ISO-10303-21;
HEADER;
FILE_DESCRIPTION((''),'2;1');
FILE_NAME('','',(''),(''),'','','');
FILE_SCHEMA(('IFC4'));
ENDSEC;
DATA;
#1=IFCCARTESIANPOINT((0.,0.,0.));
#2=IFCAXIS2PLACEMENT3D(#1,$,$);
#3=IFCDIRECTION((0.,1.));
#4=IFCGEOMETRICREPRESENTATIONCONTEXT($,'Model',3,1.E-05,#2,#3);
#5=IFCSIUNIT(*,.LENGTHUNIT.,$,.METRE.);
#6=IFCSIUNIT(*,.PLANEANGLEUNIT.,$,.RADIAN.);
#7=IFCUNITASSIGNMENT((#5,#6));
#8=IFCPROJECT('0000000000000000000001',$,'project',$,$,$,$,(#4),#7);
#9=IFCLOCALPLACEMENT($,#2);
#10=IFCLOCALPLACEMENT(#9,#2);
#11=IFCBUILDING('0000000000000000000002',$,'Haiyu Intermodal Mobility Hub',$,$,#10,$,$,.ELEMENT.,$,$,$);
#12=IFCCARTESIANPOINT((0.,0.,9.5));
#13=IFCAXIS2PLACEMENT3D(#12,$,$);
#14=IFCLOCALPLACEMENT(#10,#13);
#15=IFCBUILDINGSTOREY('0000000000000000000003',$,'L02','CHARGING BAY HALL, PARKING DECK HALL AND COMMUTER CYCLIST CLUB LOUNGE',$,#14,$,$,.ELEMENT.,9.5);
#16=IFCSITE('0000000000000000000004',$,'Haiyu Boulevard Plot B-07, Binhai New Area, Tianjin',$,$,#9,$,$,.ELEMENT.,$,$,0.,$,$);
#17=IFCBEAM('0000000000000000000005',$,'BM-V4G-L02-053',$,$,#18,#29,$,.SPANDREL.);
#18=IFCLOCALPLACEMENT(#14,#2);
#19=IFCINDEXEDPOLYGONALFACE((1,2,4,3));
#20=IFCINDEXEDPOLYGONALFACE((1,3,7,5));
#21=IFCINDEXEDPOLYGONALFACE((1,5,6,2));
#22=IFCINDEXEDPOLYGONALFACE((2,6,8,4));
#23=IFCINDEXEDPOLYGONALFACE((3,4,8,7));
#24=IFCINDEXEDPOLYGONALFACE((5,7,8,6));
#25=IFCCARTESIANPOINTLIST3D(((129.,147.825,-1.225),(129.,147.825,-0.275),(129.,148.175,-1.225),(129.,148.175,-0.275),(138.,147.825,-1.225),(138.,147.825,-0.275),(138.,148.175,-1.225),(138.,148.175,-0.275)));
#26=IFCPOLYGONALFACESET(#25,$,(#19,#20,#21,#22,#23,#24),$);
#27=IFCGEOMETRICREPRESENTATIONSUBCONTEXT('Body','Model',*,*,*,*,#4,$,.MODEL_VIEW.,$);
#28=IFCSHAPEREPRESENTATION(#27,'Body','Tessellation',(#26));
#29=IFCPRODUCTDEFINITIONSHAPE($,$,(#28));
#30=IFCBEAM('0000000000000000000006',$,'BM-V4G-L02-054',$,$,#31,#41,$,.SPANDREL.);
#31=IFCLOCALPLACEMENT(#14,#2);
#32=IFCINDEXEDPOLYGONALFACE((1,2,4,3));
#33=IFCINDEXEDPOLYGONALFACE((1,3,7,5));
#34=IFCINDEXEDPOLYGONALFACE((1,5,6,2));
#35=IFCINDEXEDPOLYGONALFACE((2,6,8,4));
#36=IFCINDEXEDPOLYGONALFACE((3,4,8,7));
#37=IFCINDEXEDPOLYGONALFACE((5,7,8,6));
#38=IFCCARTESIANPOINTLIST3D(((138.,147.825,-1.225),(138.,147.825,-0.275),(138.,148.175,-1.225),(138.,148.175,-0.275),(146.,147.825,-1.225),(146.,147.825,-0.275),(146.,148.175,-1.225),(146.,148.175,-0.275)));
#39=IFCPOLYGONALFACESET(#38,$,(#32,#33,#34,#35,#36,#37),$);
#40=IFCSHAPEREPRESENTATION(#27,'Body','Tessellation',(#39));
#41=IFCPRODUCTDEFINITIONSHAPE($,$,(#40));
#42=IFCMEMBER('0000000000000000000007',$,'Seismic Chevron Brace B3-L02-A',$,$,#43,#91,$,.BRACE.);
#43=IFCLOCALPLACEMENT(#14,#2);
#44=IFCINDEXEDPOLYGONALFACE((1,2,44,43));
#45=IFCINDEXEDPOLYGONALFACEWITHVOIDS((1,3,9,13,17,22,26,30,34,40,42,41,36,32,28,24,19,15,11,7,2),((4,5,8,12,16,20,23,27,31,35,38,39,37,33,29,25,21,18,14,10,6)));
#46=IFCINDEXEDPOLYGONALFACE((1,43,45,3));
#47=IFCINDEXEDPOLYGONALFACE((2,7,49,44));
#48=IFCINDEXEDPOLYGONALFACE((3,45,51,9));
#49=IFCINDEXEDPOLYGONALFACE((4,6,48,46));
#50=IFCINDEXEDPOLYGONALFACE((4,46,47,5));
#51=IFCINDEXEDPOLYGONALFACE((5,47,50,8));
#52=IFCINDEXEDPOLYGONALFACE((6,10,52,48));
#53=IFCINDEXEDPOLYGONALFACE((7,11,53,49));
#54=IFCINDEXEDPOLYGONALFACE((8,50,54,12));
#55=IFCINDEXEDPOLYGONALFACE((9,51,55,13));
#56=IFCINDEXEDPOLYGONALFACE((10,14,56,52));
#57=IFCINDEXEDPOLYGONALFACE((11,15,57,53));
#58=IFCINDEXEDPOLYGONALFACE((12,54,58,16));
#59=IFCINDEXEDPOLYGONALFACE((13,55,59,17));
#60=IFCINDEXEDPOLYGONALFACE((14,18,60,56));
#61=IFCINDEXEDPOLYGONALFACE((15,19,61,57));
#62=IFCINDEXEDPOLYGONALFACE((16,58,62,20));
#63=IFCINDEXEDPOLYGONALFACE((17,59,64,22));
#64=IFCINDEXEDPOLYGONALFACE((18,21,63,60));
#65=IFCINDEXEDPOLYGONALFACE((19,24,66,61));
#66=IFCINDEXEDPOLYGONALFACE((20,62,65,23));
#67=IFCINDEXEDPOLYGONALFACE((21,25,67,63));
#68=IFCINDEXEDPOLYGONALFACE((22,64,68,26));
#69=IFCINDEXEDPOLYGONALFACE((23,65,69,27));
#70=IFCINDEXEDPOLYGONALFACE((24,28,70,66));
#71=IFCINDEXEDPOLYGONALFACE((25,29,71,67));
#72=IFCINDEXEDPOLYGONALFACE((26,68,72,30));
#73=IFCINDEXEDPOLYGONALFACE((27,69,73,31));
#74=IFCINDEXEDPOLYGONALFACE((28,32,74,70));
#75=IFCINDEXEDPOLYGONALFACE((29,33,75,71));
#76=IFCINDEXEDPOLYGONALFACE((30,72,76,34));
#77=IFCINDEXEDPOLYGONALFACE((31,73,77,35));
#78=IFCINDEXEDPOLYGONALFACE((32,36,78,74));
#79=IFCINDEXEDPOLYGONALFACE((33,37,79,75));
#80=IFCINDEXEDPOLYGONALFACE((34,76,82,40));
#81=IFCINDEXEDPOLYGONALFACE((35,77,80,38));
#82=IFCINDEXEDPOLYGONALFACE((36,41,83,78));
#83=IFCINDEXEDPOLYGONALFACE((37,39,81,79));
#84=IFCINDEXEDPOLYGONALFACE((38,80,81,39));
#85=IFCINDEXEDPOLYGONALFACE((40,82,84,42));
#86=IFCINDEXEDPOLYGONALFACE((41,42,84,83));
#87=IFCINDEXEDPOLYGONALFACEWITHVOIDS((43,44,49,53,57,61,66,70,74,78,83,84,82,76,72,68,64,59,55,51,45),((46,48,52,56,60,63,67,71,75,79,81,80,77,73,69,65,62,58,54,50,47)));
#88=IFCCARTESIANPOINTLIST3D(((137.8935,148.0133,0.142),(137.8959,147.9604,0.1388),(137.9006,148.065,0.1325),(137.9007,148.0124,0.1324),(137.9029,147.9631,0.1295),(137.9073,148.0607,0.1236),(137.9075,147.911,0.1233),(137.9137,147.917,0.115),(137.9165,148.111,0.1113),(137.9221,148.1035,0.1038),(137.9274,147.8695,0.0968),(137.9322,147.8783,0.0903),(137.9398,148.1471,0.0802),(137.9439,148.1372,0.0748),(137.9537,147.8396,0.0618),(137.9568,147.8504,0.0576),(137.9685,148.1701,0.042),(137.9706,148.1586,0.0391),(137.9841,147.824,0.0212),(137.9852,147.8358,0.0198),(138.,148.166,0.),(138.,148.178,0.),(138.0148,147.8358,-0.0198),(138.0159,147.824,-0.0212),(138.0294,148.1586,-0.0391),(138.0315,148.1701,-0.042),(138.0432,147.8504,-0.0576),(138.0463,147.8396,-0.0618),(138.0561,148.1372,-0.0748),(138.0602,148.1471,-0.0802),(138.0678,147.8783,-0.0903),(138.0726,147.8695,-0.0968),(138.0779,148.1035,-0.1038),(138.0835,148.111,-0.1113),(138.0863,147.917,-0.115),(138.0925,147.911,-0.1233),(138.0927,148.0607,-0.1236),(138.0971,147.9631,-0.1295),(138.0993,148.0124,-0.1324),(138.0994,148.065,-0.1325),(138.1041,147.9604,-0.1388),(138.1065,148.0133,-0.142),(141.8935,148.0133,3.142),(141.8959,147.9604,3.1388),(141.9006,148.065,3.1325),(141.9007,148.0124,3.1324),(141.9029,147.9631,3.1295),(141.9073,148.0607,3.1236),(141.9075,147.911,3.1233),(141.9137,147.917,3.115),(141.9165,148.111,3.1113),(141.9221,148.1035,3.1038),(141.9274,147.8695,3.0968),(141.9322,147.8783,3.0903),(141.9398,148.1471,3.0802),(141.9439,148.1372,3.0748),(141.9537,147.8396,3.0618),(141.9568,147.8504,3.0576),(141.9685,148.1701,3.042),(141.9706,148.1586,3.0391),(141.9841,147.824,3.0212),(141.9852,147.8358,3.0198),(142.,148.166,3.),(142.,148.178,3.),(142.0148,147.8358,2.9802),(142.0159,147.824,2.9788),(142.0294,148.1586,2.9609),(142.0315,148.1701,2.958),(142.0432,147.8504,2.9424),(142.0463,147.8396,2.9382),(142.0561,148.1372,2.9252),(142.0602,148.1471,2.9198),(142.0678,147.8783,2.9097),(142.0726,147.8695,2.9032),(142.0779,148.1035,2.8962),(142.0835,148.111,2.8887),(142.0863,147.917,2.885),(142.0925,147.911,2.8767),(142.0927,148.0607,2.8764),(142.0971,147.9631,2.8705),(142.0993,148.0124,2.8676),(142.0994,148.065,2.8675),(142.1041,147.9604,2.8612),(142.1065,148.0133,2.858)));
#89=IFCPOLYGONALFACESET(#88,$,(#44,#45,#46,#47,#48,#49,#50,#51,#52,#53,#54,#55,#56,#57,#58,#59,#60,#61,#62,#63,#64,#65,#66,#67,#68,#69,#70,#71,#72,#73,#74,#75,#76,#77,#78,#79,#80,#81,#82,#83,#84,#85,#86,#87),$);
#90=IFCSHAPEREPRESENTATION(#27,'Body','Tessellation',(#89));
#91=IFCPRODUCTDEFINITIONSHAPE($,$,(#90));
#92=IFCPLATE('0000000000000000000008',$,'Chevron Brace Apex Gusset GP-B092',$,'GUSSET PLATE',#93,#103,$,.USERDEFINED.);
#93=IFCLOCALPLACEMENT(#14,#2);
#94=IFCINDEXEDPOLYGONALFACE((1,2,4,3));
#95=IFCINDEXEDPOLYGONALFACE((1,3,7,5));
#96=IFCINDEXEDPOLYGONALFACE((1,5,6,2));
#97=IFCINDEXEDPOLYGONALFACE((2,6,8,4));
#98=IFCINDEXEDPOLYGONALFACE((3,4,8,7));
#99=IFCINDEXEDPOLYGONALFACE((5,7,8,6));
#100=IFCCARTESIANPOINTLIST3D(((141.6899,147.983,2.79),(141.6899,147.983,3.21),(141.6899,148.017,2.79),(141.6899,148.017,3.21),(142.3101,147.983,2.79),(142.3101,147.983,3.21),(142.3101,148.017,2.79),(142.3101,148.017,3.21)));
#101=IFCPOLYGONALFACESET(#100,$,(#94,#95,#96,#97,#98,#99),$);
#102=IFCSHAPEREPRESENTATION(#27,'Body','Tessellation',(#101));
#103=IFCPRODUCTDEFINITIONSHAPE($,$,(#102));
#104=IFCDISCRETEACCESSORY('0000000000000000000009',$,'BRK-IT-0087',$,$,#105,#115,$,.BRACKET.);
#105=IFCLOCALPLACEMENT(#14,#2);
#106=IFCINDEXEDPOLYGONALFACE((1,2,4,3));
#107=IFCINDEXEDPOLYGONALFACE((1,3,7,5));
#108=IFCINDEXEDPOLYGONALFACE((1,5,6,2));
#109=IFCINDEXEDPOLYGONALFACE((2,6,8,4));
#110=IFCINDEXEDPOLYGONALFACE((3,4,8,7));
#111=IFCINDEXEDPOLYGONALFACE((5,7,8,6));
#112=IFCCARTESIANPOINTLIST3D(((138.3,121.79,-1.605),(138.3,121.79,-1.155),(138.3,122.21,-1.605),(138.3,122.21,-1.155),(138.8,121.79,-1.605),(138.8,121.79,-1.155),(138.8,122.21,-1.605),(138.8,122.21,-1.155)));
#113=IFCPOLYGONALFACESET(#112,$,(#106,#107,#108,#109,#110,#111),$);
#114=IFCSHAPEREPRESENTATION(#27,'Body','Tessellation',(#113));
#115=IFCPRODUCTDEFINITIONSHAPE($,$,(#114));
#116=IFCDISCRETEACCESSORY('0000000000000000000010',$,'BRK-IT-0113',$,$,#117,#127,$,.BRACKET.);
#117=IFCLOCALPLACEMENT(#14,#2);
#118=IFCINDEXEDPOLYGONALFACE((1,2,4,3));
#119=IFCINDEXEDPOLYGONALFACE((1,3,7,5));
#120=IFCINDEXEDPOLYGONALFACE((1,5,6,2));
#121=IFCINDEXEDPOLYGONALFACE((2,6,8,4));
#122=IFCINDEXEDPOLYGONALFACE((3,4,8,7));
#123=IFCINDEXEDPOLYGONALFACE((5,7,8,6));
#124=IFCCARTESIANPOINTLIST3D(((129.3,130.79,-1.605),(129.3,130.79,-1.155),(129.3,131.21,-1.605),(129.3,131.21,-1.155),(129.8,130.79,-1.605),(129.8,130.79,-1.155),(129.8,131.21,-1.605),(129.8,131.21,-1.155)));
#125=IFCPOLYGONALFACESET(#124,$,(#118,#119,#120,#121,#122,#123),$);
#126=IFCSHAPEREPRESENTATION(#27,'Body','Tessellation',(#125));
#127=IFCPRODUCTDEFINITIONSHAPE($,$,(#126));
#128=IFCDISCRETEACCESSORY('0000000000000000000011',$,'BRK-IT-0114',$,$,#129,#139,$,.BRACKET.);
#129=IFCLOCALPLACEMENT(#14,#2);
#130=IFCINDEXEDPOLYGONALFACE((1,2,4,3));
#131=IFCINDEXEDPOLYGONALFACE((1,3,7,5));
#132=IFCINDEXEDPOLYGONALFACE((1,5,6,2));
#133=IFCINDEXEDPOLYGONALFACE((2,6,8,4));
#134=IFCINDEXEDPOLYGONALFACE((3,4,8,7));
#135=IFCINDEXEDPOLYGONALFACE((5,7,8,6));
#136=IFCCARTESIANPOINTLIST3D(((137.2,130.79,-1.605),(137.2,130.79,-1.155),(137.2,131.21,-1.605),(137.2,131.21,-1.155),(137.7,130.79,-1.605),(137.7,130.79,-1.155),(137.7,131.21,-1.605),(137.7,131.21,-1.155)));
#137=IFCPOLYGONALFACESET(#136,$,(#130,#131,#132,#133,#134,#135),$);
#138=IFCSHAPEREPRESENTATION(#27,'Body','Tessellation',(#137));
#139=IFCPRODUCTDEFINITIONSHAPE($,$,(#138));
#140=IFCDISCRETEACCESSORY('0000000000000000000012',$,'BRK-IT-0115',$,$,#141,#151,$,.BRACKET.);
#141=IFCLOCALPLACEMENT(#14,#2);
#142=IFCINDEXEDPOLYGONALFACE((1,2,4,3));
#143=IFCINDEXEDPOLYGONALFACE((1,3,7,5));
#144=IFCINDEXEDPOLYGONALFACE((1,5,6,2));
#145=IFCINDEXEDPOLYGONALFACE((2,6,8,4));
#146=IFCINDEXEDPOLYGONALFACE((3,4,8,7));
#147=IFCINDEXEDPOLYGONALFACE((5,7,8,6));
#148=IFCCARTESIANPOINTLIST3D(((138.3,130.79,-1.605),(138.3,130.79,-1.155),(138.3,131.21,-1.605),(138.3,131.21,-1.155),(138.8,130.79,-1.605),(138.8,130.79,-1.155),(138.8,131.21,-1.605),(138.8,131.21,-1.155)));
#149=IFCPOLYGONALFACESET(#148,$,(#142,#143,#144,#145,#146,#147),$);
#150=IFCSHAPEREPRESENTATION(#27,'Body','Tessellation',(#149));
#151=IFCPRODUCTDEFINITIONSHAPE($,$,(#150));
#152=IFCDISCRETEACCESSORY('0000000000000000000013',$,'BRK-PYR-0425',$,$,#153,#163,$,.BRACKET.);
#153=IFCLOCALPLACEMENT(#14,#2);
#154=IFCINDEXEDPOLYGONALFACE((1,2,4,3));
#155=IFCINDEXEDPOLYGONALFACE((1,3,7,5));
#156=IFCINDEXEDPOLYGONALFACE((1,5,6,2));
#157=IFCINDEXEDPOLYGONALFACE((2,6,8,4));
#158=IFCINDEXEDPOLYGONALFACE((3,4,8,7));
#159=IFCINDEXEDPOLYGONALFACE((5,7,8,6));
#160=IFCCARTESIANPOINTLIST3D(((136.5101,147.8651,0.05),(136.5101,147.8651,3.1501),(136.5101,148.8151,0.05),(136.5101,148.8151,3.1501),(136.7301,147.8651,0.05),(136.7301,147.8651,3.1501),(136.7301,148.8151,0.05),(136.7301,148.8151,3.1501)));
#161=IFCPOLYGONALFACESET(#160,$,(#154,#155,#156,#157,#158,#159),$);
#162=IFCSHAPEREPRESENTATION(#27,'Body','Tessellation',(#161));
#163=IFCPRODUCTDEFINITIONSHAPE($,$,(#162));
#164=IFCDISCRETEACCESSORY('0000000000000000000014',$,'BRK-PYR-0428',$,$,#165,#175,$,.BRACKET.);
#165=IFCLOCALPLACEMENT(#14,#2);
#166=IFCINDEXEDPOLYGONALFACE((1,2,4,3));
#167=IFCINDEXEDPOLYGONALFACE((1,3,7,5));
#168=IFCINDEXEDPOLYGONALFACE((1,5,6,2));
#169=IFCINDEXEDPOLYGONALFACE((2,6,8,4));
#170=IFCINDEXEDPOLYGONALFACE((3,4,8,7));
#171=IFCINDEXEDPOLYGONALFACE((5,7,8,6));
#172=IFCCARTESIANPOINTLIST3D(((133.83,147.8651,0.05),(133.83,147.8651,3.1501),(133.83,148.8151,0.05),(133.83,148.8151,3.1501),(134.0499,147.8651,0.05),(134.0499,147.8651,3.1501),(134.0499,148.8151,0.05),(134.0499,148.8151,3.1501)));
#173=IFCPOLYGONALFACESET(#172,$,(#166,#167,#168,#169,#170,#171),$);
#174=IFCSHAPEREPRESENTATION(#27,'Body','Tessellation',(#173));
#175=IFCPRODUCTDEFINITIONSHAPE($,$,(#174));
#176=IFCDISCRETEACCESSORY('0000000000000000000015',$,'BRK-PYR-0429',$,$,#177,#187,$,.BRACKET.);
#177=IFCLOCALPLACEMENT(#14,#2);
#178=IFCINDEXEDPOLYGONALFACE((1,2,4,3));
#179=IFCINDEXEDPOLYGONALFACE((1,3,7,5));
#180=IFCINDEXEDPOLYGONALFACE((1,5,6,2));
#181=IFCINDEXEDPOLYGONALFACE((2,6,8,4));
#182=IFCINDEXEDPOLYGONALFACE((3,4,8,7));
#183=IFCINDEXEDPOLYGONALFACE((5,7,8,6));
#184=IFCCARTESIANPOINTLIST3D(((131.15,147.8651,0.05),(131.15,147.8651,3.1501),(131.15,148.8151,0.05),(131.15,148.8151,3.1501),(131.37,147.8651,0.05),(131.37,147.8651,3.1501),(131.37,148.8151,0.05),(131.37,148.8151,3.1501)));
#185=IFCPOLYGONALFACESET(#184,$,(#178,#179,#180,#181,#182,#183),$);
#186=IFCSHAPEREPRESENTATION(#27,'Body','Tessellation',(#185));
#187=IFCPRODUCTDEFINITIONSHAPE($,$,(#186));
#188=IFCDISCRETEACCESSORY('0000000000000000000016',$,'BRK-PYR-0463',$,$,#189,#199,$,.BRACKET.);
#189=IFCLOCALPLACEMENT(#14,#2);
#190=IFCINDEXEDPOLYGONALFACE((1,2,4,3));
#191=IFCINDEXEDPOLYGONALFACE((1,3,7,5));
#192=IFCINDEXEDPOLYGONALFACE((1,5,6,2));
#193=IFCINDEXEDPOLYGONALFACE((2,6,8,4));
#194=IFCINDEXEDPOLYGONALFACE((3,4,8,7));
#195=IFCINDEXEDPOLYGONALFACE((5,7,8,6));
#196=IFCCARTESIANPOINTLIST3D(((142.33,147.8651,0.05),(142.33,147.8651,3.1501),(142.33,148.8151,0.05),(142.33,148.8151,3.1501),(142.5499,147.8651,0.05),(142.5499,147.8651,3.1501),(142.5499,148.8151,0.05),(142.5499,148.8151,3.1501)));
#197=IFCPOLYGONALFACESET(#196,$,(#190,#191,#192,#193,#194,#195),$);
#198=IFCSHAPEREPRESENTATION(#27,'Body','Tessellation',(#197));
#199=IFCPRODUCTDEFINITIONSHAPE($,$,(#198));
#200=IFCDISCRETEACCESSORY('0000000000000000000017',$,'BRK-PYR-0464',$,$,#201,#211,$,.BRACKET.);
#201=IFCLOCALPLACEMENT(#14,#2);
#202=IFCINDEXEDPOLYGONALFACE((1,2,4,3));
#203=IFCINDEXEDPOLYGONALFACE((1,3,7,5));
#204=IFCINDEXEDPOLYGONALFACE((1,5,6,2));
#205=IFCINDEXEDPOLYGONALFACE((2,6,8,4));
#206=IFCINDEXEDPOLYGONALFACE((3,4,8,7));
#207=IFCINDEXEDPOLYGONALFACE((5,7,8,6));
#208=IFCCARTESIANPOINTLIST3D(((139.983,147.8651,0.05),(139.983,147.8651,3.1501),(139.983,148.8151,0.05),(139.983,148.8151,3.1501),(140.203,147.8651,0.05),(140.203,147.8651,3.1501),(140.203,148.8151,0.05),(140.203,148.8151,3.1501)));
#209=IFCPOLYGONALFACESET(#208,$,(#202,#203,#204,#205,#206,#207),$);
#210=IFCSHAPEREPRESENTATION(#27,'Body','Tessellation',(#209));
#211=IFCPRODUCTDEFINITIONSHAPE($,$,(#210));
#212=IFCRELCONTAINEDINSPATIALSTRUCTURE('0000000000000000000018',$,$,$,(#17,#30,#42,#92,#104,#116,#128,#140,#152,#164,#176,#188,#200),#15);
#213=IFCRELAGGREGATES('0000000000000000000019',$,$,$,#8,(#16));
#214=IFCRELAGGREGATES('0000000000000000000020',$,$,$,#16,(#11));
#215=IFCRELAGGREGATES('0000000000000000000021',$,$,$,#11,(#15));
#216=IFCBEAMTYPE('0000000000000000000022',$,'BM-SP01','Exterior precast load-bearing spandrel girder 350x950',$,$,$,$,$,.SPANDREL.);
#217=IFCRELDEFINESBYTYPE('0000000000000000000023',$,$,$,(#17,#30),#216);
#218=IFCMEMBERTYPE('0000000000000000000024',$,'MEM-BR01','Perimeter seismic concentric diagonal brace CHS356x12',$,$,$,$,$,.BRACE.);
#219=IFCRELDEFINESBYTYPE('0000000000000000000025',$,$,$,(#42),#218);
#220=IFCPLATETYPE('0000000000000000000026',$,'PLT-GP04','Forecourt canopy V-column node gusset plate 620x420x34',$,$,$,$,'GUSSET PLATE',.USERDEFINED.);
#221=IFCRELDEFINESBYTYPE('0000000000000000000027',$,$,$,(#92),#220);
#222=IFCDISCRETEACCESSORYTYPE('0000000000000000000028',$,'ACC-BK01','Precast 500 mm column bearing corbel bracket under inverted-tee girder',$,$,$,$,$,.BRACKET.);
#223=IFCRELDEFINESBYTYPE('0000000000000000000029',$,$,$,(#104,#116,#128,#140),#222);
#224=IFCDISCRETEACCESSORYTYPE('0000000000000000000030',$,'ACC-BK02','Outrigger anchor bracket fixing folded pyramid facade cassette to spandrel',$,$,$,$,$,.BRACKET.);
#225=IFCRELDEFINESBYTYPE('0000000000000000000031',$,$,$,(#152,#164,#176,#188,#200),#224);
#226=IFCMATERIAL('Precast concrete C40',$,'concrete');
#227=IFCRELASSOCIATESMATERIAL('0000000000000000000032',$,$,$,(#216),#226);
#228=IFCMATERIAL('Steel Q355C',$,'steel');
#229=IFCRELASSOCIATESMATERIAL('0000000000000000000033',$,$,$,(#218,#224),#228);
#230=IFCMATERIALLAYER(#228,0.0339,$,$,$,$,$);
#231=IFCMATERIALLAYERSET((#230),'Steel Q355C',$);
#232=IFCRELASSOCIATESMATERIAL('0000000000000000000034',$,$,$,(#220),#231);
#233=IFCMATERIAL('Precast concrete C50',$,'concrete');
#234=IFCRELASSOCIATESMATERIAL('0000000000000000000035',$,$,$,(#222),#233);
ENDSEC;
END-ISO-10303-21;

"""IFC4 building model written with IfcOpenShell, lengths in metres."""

from ifc_helpers import new_model, si_unit, direction, frame, origin, origin_2d, place, context, subcontext, project, spatial, rectangle, hollow_circle, extrude, material, layer, layer_set, material_profile, profile_set, type_object, element, save


model = new_model("IFC4")

# Units and contexts
model_context = context("Model", 3, precision=1e-05, world=origin(), true_north=direction((0.0, 1.0)))
body_context = subcontext(model_context, "Body", "Model", "MODEL_VIEW")
ifc_project = project(units=[si_unit("LENGTHUNIT", "METRE"), si_unit("PLANEANGLEUNIT", "RADIAN")], contexts=[model_context])

# Site, building, storey
site_placement = place(None, origin())
site = spatial("IfcSite", under=ifc_project, at=site_placement, Name="Haiyu Boulevard Plot B-07, Binhai New Area, Tianjin", CompositionType="ELEMENT", RefElevation=0.0)
building_placement = place(site_placement, origin())
building = spatial("IfcBuilding", under=site, at=building_placement, Name="Haiyu Intermodal Mobility Hub", CompositionType="ELEMENT")
storey_placement = place(building_placement, frame((0.0, 0.0, 9.5)))
storey = spatial("IfcBuildingStorey", under=building, at=storey_placement, Name="L02", Description="CHARGING BAY HALL, PARKING DECK HALL AND COMMUTER CYCLIST CLUB LOUNGE", CompositionType="ELEMENT", Elevation=9.5)

# Shared definitions
ifc_material_1 = material(Name="Precast concrete C40", Category="concrete")

# Beams
ifc_material_2 = material(Name="Precast concrete C50", Category="concrete")
ifc_material_profile_1 = material_profile(ifc_material_1, rectangle(XDim=0.3501, YDim=0.95, at=origin_2d()), Name="PC350x950")
ifc_profile_set_1 = profile_set([ifc_material_profile_1], Name="Precast concrete C40")
beam_type_1 = type_object("IfcBeamType", Name="BM-SP01", Description="Exterior precast load-bearing spandrel girder 350x950", PredefinedType="SPANDREL", material=ifc_profile_set_1)
beam_1_placement = place(storey_placement, frame((129.0, 148.0, -0.75), z_axis=(1.0, 0.0, 0.0), x_axis=(0.0, 1.0, 0.0)))
element("IfcBeam", 1, at=beam_1_placement, inside=storey, type_object=beam_type_1, Name="BM-V4G-L02-053", PredefinedType="SPANDREL", context=body_context, shape_type="SweptSolid", body=[
    extrude(rectangle(XDim=0.3501, YDim=0.95, at=origin_2d()), origin(), (0.0, 0.0, 1.0), 9.0),
])
beam_2_placement = place(storey_placement, frame((138.0, 148.0, -0.75), z_axis=(1.0, 0.0, 0.0), x_axis=(0.0, 1.0, 0.0)))
element("IfcBeam", 2, at=beam_2_placement, inside=storey, type_object=beam_type_1, Name="BM-V4G-L02-054", PredefinedType="SPANDREL", context=body_context, shape_type="SweptSolid", body=[
    extrude(rectangle(XDim=0.3501, YDim=0.95, at=origin_2d()), origin(), (0.0, 0.0, 1.0), 8.0),
])

# Member
ifc_material_3 = material(Name="Steel Q355C", Category="steel")
ifc_material_profile_2 = material_profile(ifc_material_3, hollow_circle(Radius=0.178, WallThickness=0.012, at=origin_2d()), Name="CHS356x12")
ifc_profile_set_2 = profile_set([ifc_material_profile_2], Name="Steel Q355C")
member_type = type_object("IfcMemberType", Name="MEM-BR01", Description="Perimeter seismic concentric diagonal brace CHS356x12", PredefinedType="BRACE", material=ifc_profile_set_2)
member_placement = place(storey_placement, frame((138.0, 148.0, 0.0), z_axis=(0.8, 0.0, 0.6), x_axis=(0.0, 1.0, 0.0)))
element("IfcMember", 3, at=member_placement, inside=storey, type_object=member_type, Name="Seismic Chevron Brace B3-L02-A", PredefinedType="BRACE", context=body_context, shape_type="SweptSolid", body=[
    extrude(hollow_circle(Radius=0.178, WallThickness=0.012, at=origin_2d()), origin(), (0.0, 0.0, 1.0), 5.0),
])

# Plate
ifc_layer = layer(ifc_material_3, 0.0339)
ifc_layer_set = layer_set([ifc_layer], Name="Steel Q355C")
plate_type = type_object("IfcPlateType", Name="PLT-GP04", Description="Forecourt canopy V-column node gusset plate 620x420x34", ElementType="GUSSET PLATE", PredefinedType="USERDEFINED", material=ifc_layer_set)
plate_placement = place(storey_placement, frame((142.0, 148.0, 2.79), z_axis=(0.0, 0.0, 1.0), x_axis=(1.0, 0.0, 0.0)))
element("IfcPlate", 4, at=plate_placement, inside=storey, type_object=plate_type, Name="Chevron Brace Apex Gusset GP-B092", ObjectType="GUSSET PLATE", PredefinedType="USERDEFINED", context=body_context, shape_type="SweptSolid", body=[
    extrude(rectangle(XDim=0.6201, YDim=0.0339, at=origin_2d()), origin(), (0.0, 0.0, 1.0), 0.4199),
])

# Discrete accessories
discrete_accessory_type_1 = type_object("IfcDiscreteAccessoryType", Name="ACC-BK01", Description="Precast 500 mm column bearing corbel bracket under inverted-tee girder", PredefinedType="BRACKET", material=ifc_material_2)
for number, where, z_axis, x_axis, name in (
    (5, (138.55, 122.0, -1.605), (0.0, 0.0, 1.0), (1.0, 0.0, 0.0), "BRK-IT-0087"),
    (6, (129.55, 131.0, -1.605), (0.0, 0.0, 1.0), (1.0, 0.0, 0.0), "BRK-IT-0113"),
    (7, (137.45, 131.0, -1.605), (0.0, 0.0, 1.0), (1.0, 0.0, 0.0), "BRK-IT-0114"),
    (8, (138.55, 131.0, -1.605), (0.0, 0.0, 1.0), (1.0, 0.0, 0.0), "BRK-IT-0115"),
):
    element("IfcDiscreteAccessory", number, at=place(storey_placement, frame(where, z_axis=z_axis, x_axis=x_axis)), inside=storey, type_object=discrete_accessory_type_1, Name=name, PredefinedType="BRACKET", context=body_context, shape_type="SweptSolid", body=[
        extrude(rectangle(XDim=0.5, YDim=0.4199, at=origin_2d()), origin(), (0.0, 0.0, 1.0), 0.45),
    ])
discrete_accessory_type_2 = type_object("IfcDiscreteAccessoryType", Name="ACC-BK02", Description="Outrigger anchor bracket fixing folded pyramid facade cassette to spandrel", PredefinedType="BRACKET", material=ifc_material_3)
for number, where, z_axis, x_axis, name in (
    (9, (136.6201, 148.3401, 0.05), (0.0, 0.0, 1.0), (1.0, 0.0, 0.0), "BRK-PYR-0425"),
    (10, (133.9399, 148.3401, 0.05), (0.0, 0.0, 1.0), (1.0, 0.0, 0.0), "BRK-PYR-0428"),
    (11, (131.26, 148.3401, 0.05), (0.0, 0.0, 1.0), (1.0, 0.0, 0.0), "BRK-PYR-0429"),
    (12, (142.4399, 148.3401, 0.05), (0.0, 0.0, 1.0), (1.0, 0.0, 0.0), "BRK-PYR-0463"),
    (13, (140.093, 148.3401, 0.05), (0.0, 0.0, 1.0), (1.0, 0.0, 0.0), "BRK-PYR-0464"),
):
    element("IfcDiscreteAccessory", number, at=place(storey_placement, frame(where, z_axis=z_axis, x_axis=x_axis)), inside=storey, type_object=discrete_accessory_type_2, Name=name, PredefinedType="BRACKET", context=body_context, shape_type="SweptSolid", body=[
        extrude(rectangle(XDim=0.22, YDim=0.95, at=origin_2d()), origin(), (0.0, 0.0, 1.0), 3.1001),
    ])

save(model, "model.ifc")
